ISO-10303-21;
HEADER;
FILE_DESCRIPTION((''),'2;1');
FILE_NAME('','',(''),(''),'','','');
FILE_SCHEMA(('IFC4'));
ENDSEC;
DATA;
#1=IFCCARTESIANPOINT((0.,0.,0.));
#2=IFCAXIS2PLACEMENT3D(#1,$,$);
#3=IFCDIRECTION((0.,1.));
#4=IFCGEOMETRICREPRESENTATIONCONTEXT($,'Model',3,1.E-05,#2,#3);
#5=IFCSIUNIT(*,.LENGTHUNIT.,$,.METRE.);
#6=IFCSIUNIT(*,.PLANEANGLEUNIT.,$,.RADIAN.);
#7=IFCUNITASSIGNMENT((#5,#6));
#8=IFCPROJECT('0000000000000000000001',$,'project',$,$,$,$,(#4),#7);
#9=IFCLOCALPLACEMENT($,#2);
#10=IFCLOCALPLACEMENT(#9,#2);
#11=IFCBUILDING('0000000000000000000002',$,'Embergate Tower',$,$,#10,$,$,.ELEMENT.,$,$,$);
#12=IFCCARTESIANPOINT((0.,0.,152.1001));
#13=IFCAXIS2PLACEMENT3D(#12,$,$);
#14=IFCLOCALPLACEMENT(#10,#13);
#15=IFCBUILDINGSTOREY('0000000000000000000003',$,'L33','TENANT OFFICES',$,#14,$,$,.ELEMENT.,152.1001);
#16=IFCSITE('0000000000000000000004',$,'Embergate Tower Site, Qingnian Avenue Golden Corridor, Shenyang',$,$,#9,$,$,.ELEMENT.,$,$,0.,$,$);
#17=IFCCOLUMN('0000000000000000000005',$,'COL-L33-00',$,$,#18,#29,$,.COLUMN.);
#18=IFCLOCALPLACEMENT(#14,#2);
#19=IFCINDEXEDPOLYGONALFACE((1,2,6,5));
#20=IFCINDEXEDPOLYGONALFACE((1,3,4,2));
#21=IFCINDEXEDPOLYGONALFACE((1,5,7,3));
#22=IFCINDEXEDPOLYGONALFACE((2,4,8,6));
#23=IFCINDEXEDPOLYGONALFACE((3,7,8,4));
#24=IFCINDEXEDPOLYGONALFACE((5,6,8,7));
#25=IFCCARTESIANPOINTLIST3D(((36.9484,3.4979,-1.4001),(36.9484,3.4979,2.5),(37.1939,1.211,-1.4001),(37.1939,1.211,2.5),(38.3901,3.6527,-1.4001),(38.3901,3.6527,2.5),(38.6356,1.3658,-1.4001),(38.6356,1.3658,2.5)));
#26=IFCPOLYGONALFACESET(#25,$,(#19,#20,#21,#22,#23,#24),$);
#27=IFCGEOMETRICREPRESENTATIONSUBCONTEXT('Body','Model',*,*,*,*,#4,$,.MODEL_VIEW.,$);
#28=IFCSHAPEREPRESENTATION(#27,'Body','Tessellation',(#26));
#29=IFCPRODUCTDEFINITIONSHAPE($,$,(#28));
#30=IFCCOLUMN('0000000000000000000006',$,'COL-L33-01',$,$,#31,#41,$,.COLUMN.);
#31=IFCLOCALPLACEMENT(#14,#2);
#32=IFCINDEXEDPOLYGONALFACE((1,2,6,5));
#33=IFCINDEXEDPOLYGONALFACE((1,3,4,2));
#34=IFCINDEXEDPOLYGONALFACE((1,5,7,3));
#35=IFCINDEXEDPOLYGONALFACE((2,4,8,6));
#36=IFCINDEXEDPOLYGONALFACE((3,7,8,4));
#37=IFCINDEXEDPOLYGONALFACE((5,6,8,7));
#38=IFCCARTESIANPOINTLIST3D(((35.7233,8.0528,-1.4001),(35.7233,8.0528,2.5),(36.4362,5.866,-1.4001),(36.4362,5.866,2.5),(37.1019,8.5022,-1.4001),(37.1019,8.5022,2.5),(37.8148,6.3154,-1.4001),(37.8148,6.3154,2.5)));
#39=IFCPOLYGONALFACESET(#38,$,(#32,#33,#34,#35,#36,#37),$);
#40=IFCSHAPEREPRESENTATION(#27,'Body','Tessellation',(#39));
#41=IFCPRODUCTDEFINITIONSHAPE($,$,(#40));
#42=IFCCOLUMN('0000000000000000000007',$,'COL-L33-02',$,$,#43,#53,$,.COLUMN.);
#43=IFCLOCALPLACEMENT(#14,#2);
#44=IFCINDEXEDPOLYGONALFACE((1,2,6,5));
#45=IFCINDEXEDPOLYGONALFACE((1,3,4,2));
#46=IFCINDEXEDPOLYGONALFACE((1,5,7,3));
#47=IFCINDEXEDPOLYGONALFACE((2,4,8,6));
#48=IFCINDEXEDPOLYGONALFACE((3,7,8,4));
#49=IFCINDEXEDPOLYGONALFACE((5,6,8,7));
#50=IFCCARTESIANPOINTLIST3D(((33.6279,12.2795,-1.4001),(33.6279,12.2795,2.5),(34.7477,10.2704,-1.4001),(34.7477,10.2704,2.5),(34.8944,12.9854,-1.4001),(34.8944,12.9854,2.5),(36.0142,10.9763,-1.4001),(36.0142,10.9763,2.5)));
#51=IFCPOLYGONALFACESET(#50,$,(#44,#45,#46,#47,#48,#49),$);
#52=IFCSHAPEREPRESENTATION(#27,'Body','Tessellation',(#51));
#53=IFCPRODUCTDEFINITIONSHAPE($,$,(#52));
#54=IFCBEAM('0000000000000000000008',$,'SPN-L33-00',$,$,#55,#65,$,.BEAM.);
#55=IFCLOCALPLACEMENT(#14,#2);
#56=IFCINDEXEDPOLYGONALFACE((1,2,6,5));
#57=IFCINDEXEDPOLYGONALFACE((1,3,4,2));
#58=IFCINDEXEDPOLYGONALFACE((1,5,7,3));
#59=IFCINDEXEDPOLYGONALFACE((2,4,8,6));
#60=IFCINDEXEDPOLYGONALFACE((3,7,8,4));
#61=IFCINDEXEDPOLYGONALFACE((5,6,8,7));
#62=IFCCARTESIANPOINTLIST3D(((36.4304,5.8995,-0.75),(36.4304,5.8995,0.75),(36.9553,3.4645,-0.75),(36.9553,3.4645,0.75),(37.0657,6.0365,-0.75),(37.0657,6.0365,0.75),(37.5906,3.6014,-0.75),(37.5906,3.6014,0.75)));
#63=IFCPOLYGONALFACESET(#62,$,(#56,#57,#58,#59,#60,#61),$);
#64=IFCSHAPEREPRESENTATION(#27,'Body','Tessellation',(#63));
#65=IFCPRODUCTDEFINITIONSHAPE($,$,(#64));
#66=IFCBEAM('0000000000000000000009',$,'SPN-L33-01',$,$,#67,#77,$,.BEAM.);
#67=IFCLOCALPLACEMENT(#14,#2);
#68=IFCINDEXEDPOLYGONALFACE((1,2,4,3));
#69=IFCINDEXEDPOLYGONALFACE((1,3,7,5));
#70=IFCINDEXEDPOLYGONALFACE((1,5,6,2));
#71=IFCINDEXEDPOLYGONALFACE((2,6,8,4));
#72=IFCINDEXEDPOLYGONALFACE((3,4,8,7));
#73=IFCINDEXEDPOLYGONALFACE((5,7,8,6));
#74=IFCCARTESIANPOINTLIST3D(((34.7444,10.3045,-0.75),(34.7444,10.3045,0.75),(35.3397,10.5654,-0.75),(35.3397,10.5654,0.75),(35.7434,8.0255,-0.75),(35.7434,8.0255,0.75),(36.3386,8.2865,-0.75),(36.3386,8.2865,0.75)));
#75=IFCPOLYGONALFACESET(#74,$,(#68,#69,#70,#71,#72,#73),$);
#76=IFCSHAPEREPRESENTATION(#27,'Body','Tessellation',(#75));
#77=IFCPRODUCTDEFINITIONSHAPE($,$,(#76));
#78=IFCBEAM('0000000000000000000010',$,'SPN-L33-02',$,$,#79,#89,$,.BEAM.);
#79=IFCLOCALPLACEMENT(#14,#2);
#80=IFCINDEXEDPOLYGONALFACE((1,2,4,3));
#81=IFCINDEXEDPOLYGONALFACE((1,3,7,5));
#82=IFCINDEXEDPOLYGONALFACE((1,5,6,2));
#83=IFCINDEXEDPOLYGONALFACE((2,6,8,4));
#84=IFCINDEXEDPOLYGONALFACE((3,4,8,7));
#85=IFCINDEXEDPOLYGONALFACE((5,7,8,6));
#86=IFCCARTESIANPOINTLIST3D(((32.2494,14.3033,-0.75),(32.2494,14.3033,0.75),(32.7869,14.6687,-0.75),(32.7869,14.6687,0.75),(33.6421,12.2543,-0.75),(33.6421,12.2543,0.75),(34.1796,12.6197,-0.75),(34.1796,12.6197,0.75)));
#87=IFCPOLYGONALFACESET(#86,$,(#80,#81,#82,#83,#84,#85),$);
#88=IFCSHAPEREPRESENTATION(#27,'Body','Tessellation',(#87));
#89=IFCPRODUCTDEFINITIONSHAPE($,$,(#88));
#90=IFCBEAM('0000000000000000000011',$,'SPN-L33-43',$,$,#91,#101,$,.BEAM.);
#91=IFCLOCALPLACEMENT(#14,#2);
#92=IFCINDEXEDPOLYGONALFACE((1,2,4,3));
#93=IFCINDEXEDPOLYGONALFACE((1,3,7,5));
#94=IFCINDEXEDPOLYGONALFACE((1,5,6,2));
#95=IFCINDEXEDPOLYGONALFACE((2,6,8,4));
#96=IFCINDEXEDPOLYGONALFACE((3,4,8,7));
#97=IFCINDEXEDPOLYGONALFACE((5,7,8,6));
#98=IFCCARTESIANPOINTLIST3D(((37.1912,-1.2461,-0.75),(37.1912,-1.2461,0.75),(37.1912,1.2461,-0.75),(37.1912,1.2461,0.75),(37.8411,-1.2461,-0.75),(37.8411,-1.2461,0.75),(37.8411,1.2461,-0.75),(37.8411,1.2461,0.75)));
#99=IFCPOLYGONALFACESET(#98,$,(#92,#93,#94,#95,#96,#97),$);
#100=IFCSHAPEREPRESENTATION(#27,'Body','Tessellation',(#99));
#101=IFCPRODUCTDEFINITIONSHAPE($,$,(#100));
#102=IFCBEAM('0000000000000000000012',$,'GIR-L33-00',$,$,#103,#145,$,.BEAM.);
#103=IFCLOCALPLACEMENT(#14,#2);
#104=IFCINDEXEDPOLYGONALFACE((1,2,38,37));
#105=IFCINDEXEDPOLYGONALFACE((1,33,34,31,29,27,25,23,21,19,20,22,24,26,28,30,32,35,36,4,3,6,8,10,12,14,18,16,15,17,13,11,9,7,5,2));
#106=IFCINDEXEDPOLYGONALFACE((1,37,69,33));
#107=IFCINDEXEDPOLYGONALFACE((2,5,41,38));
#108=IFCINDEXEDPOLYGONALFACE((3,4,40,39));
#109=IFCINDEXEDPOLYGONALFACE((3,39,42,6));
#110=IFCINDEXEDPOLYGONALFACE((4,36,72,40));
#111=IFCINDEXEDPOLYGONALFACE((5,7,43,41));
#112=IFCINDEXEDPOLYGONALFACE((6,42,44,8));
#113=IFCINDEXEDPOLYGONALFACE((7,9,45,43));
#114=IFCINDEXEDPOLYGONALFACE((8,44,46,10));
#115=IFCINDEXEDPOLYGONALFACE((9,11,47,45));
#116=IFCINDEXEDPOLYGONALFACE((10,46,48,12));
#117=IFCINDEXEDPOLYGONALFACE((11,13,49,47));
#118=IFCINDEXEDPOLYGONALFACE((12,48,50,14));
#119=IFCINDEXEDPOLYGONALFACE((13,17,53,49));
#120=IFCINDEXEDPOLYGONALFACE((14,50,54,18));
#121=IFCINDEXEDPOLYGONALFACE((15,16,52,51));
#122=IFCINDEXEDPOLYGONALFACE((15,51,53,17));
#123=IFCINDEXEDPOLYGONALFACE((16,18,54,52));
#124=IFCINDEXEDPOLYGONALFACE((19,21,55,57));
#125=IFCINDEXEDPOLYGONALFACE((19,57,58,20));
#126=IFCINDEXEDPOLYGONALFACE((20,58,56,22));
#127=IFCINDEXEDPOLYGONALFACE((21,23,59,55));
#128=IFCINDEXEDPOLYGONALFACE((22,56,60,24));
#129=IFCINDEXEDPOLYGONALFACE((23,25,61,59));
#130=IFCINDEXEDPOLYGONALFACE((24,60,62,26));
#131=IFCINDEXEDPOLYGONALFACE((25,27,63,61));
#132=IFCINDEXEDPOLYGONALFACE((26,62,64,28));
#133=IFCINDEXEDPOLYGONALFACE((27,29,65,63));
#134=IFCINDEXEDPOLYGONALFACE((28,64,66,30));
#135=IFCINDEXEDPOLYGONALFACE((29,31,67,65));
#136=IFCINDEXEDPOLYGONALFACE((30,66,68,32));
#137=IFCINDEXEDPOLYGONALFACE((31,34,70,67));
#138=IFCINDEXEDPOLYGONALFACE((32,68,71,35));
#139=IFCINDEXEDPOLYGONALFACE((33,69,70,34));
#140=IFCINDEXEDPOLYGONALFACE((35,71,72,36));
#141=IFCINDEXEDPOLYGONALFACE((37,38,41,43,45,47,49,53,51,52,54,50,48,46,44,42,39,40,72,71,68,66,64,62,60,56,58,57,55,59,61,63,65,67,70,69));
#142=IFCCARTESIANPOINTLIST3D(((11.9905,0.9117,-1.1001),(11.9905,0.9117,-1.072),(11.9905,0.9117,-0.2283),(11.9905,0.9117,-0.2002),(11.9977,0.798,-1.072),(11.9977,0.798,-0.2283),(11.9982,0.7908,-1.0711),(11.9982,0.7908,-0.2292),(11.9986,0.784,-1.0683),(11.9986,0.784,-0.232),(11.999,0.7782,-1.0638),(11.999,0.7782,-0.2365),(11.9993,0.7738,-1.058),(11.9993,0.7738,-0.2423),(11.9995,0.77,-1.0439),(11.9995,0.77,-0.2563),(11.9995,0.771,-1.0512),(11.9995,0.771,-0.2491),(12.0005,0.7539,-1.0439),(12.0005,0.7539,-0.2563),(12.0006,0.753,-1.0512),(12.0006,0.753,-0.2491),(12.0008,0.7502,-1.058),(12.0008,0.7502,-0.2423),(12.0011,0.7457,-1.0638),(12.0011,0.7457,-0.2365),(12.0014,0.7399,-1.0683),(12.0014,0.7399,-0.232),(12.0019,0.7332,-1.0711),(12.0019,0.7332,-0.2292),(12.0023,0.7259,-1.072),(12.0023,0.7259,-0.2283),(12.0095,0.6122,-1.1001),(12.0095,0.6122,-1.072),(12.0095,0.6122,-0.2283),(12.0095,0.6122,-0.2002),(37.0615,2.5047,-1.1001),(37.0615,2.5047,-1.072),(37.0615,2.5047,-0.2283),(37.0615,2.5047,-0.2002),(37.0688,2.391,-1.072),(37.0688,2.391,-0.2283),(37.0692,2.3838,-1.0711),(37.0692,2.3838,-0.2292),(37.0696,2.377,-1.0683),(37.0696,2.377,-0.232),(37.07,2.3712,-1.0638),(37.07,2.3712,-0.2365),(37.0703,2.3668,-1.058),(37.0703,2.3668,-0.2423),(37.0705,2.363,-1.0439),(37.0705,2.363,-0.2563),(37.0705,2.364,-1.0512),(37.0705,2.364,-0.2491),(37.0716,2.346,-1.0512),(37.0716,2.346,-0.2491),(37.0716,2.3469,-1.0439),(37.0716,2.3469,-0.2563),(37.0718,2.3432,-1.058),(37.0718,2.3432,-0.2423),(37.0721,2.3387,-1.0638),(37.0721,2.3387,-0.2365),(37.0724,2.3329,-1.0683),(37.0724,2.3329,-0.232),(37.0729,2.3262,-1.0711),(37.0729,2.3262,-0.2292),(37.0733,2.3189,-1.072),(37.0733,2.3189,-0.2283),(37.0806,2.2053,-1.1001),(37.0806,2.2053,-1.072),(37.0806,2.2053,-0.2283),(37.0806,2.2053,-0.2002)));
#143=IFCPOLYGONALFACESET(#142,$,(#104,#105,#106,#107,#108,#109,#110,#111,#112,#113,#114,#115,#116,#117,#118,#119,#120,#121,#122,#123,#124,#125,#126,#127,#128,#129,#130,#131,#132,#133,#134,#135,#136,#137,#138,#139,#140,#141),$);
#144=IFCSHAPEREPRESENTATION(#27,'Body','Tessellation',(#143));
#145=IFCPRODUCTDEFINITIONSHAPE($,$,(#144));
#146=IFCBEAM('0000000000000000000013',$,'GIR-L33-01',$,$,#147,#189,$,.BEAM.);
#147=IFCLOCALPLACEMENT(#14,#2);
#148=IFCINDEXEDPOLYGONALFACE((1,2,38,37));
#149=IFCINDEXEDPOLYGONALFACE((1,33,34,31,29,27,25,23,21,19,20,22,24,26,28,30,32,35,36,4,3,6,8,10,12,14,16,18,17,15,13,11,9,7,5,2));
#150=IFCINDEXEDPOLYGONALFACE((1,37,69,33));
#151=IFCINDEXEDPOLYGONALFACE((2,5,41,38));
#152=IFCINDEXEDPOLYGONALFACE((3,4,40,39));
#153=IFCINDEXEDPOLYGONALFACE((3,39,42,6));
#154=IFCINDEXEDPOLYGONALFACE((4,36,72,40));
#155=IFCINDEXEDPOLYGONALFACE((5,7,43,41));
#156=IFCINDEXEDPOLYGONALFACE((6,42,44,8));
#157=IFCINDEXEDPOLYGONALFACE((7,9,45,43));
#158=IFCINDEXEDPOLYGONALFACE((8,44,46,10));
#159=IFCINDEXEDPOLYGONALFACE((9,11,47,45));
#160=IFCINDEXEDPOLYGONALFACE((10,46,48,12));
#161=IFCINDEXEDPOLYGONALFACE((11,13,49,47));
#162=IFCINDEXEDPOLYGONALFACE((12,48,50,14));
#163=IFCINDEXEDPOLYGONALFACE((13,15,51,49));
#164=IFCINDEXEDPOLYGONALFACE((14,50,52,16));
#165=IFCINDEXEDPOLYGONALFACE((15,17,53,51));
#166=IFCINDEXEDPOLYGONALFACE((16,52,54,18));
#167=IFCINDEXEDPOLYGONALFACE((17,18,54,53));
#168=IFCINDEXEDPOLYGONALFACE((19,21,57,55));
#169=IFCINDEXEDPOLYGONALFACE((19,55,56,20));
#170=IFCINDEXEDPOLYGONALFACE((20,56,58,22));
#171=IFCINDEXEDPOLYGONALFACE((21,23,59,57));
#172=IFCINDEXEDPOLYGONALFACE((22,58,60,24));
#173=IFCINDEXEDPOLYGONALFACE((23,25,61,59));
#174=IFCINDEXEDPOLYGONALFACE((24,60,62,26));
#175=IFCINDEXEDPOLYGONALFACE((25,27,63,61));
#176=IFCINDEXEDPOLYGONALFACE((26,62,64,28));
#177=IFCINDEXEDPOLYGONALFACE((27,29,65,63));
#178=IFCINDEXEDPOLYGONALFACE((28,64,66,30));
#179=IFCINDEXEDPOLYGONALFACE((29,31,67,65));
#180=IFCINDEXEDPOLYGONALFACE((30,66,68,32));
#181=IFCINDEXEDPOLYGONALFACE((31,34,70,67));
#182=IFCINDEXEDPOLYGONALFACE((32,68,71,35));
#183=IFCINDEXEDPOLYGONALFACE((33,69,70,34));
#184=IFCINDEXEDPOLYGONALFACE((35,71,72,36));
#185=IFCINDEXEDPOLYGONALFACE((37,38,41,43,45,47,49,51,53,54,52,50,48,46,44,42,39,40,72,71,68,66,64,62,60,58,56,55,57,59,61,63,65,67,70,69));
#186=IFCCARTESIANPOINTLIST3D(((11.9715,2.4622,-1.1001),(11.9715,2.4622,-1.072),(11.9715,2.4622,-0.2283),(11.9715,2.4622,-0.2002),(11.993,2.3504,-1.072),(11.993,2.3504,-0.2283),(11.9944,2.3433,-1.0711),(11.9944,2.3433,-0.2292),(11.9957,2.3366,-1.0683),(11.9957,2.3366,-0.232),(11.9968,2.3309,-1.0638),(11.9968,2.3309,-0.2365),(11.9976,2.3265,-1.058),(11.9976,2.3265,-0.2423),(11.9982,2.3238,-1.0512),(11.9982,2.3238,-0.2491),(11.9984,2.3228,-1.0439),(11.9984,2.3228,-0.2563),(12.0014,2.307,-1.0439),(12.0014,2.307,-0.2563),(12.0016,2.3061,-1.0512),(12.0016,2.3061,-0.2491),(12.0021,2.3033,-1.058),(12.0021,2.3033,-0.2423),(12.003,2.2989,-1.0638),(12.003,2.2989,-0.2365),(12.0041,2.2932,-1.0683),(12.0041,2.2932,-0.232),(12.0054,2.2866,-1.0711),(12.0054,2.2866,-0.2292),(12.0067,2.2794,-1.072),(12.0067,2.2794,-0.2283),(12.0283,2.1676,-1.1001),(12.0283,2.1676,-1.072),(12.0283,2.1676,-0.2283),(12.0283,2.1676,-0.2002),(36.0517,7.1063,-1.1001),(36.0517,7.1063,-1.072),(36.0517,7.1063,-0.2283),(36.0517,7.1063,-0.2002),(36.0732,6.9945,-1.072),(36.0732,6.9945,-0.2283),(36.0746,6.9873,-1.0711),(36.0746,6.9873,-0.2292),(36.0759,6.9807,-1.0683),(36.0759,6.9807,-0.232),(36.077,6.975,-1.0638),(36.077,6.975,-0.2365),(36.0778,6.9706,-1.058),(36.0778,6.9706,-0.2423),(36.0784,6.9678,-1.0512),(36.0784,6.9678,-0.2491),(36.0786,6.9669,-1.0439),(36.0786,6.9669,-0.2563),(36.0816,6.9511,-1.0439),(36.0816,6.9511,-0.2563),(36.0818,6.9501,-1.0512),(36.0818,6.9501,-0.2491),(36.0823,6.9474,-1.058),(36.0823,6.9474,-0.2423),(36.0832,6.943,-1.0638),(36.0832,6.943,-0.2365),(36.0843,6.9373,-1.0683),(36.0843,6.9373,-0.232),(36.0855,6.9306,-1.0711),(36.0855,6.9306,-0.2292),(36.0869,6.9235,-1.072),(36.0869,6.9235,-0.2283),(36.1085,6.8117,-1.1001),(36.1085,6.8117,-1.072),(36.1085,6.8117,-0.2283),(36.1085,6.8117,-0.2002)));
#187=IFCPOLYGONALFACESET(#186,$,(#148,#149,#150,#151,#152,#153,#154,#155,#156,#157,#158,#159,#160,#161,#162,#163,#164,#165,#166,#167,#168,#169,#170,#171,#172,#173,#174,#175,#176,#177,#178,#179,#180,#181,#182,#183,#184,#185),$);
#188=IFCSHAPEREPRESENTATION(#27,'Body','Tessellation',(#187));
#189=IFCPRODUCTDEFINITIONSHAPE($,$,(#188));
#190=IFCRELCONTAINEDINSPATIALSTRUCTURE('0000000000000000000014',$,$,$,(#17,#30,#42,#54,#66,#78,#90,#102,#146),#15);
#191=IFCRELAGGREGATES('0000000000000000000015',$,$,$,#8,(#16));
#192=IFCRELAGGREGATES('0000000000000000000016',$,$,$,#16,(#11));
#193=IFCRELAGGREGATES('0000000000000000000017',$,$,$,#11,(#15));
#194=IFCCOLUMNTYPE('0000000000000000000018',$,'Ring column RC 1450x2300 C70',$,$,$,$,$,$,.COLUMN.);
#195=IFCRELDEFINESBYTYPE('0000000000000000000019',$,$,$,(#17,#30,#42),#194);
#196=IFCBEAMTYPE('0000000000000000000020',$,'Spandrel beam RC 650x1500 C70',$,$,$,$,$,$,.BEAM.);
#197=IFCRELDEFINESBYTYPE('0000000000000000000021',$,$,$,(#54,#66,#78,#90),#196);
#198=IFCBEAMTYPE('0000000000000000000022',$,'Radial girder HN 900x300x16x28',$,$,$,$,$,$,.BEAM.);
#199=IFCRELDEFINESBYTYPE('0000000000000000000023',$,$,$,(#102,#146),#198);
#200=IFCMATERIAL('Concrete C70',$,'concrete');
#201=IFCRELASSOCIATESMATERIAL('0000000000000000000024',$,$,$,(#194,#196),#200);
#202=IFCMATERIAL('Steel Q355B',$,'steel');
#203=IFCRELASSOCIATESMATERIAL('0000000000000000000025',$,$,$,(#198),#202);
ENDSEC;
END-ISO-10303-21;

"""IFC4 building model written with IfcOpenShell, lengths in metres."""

from ifc_helpers import new_model, si_unit, direction, frame, origin, origin_2d, place, context, subcontext, project, spatial, rectangle, i_section, extrude, source, transform, mapped, material, material_profile, profile_set, type_object, element, save


model = new_model("IFC4")

# Units and contexts
model_context = context("Model", 3, precision=1e-05, world=origin(), true_north=direction((0.0, 1.0)))
body_context = subcontext(model_context, "Body", "Model", "MODEL_VIEW")
ifc_project = project(units=[si_unit("LENGTHUNIT", "METRE"), si_unit("PLANEANGLEUNIT", "RADIAN")], contexts=[model_context])

# Site, building, storey
site_placement = place(None, origin())
site = spatial("IfcSite", under=ifc_project, at=site_placement, Name="Embergate Tower Site, Qingnian Avenue Golden Corridor, Shenyang", CompositionType="ELEMENT", RefElevation=0.0)
building_placement = place(site_placement, origin())
building = spatial("IfcBuilding", under=site, at=building_placement, Name="Embergate Tower", CompositionType="ELEMENT")
storey_placement = place(building_placement, frame((0.0, 0.0, 152.1001)))
storey = spatial("IfcBuildingStorey", under=building, at=storey_placement, Name="L33", Description="TENANT OFFICES", CompositionType="ELEMENT", Elevation=152.1001)

# Columns
ifc_material_1 = material(Name="Concrete C70", Category="concrete")
ifc_material_profile_1 = material_profile(ifc_material_1, rectangle(XDim=1.45, YDim=2.3, at=origin_2d()), Name="RC 1450x2300")
ifc_profile_set_1 = profile_set([ifc_material_profile_1], Name="Concrete C70")
column_type = type_object("IfcColumnType", Name="Ring column RC 1450x2300 C70", PredefinedType="COLUMN", material=ifc_profile_set_1)
shared_shape_1 = source(origin(), body_context, "Body", "SweptSolid", [
    extrude(rectangle(XDim=1.45, YDim=2.3, at=origin_2d()), origin(), (0.0, 0.0, 1.0), 3.9001),
])
for number, where, z_axis, x_axis, name in (
    (1, (37.792, 2.4319, -1.4001), (0.0, 0.0, 1.0), (0.994286, 0.10675, 0.0), "COL-L33-00"),
    (2, (36.769, 7.1841, -1.4001), (0.0, 0.0, 1.0), (0.950754, 0.309946, 0.0), "COL-L33-01"),
    (3, (34.821, 11.6279, -1.4001), (0.0, 0.0, 1.0), (0.873492, 0.486839, 0.0), "COL-L33-02"),
):
    element("IfcColumn", number, at=place(storey_placement, frame(where, z_axis=z_axis, x_axis=x_axis)), inside=storey, type_object=column_type, Name=name, PredefinedType="COLUMN", context=body_context, shape_type="MappedRepresentation", body=[
        mapped(shared_shape_1, transform((0.0, 0.0, 0.0))),
    ])

# Beams
ifc_material_profile_2 = material_profile(ifc_material_1, rectangle(XDim=0.6499, YDim=1.5, at=origin_2d()), Name="RC 650x1500")
ifc_profile_set_2 = profile_set([ifc_material_profile_2], Name="Concrete C70")
beam_type_1 = type_object("IfcBeamType", Name="Spandrel beam RC 650x1500 C70", PredefinedType="BEAM", material=ifc_profile_set_2)
shared_shape_2 = source(origin(), body_context, "Body", "SweptSolid", [
    extrude(rectangle(XDim=0.6499, YDim=1.5, at=origin_2d()), origin(), (0.0, 0.0, 1.0), 2.491),
])
beam_1_placement = place(storey_placement, frame((37.2729, 3.533, 0.0), z_axis=(-0.21072, 0.977546, 0.0), x_axis=(-0.977546, -0.21072, 0.0)))
element("IfcBeam", 4, at=beam_1_placement, inside=storey, type_object=beam_type_1, Name="SPN-L33-00", PredefinedType="BEAM", context=body_context, shape_type="MappedRepresentation", body=[
    mapped(shared_shape_2, transform((0.0, 0.0, 0.0))),
])
shared_shape_3 = source(origin(), body_context, "Body", "SweptSolid", [
    extrude(rectangle(XDim=0.6499, YDim=1.5, at=origin_2d()), origin(), (0.0, 0.0, 1.0), 2.4883),
])
beam_2_placement = place(storey_placement, frame((36.041, 8.156, 0.0), z_axis=(-0.401472, 0.915871, 0.0), x_axis=(-0.915871, -0.401472, 0.0)))
element("IfcBeam", 5, at=beam_2_placement, inside=storey, type_object=beam_type_1, Name="SPN-L33-01", PredefinedType="BEAM", context=body_context, shape_type="MappedRepresentation", body=[
    mapped(shared_shape_3, transform((0.0, 0.0, 0.0))),
])
shared_shape_4 = source(origin(), body_context, "Body", "SweptSolid", [
    extrude(rectangle(XDim=0.6499, YDim=1.5, at=origin_2d()), origin(), (0.0, 0.0, 1.0), 2.4775),
])
beam_3_placement = place(storey_placement, frame((33.9109, 12.437, 0.0), z_axis=(-0.562159, 0.827029, 0.0), x_axis=(-0.827029, -0.562159, 0.0)))
element("IfcBeam", 6, at=beam_3_placement, inside=storey, type_object=beam_type_1, Name="SPN-L33-02", PredefinedType="BEAM", context=body_context, shape_type="MappedRepresentation", body=[
    mapped(shared_shape_4, transform((0.0, 0.0, 0.0))),
])
shared_shape_5 = source(origin(), body_context, "Body", "SweptSolid", [
    extrude(rectangle(XDim=0.6499, YDim=1.5, at=origin_2d()), origin(), (0.0, 0.0, 1.0), 2.4922),
])
beam_4_placement = place(storey_placement, frame((37.5161, -1.2461, 0.0), z_axis=(0.0, 1.0, 0.0), x_axis=(-1.0, 0.0, 0.0)))
element("IfcBeam", 7, at=beam_4_placement, inside=storey, type_object=beam_type_1, Name="SPN-L33-43", PredefinedType="BEAM", context=body_context, shape_type="MappedRepresentation", body=[
    mapped(shared_shape_5, transform((0.0, 0.0, 0.0))),
])
ifc_material_2 = material(Name="Steel Q355B", Category="steel")
ifc_material_profile_3 = material_profile(ifc_material_2, i_section(OverallWidth=0.3, OverallDepth=0.8999, WebThickness=0.0161, FlangeThickness=0.0281, FilletRadius=0.0281, at=origin_2d()), Name="HN 900x300x16x28")
ifc_profile_set_3 = profile_set([ifc_material_profile_3], Name="Steel Q355 grade B")
beam_type_2 = type_object("IfcBeamType", Name="Radial girder HN 900x300x16x28", PredefinedType="BEAM", material=ifc_profile_set_3)
shared_shape_6 = source(origin(), body_context, "Body", "SweptSolid", [
    extrude(i_section(OverallWidth=0.3, OverallDepth=0.8999, WebThickness=0.0161, FlangeThickness=0.0281, FilletRadius=0.0281, at=origin_2d()), origin(), (0.0, 0.0, 1.0), 25.1216),
])
beam_5_placement = place(storey_placement, frame((37.071, 2.355, -0.6501), z_axis=(-0.997987, -0.063412, 0.0), x_axis=(0.063412, -0.997987, 0.0)))
element("IfcBeam", 8, at=beam_5_placement, inside=storey, type_object=beam_type_2, Name="GIR-L33-00", PredefinedType="BEAM", context=body_context, shape_type="MappedRepresentation", body=[
    mapped(shared_shape_6, transform((0.0, 0.0, 0.0))),
])
shared_shape_7 = source(origin(), body_context, "Body", "SweptSolid", [
    extrude(i_section(OverallWidth=0.3, OverallDepth=0.8999, WebThickness=0.0161, FlangeThickness=0.0281, FilletRadius=0.0281, at=origin_2d()), origin(), (0.0, 0.0, 1.0), 24.5239),
])
beam_6_placement = place(storey_placement, frame((36.0801, 6.959, -0.6501), z_axis=(-0.981906, -0.189369, 0.0), x_axis=(0.189369, -0.981906, 0.0)))
element("IfcBeam", 9, at=beam_6_placement, inside=storey, type_object=beam_type_2, Name="GIR-L33-01", PredefinedType="BEAM", context=body_context, shape_type="MappedRepresentation", body=[
    mapped(shared_shape_7, transform((0.0, 0.0, 0.0))),
])

save(model, "model.ifc")
